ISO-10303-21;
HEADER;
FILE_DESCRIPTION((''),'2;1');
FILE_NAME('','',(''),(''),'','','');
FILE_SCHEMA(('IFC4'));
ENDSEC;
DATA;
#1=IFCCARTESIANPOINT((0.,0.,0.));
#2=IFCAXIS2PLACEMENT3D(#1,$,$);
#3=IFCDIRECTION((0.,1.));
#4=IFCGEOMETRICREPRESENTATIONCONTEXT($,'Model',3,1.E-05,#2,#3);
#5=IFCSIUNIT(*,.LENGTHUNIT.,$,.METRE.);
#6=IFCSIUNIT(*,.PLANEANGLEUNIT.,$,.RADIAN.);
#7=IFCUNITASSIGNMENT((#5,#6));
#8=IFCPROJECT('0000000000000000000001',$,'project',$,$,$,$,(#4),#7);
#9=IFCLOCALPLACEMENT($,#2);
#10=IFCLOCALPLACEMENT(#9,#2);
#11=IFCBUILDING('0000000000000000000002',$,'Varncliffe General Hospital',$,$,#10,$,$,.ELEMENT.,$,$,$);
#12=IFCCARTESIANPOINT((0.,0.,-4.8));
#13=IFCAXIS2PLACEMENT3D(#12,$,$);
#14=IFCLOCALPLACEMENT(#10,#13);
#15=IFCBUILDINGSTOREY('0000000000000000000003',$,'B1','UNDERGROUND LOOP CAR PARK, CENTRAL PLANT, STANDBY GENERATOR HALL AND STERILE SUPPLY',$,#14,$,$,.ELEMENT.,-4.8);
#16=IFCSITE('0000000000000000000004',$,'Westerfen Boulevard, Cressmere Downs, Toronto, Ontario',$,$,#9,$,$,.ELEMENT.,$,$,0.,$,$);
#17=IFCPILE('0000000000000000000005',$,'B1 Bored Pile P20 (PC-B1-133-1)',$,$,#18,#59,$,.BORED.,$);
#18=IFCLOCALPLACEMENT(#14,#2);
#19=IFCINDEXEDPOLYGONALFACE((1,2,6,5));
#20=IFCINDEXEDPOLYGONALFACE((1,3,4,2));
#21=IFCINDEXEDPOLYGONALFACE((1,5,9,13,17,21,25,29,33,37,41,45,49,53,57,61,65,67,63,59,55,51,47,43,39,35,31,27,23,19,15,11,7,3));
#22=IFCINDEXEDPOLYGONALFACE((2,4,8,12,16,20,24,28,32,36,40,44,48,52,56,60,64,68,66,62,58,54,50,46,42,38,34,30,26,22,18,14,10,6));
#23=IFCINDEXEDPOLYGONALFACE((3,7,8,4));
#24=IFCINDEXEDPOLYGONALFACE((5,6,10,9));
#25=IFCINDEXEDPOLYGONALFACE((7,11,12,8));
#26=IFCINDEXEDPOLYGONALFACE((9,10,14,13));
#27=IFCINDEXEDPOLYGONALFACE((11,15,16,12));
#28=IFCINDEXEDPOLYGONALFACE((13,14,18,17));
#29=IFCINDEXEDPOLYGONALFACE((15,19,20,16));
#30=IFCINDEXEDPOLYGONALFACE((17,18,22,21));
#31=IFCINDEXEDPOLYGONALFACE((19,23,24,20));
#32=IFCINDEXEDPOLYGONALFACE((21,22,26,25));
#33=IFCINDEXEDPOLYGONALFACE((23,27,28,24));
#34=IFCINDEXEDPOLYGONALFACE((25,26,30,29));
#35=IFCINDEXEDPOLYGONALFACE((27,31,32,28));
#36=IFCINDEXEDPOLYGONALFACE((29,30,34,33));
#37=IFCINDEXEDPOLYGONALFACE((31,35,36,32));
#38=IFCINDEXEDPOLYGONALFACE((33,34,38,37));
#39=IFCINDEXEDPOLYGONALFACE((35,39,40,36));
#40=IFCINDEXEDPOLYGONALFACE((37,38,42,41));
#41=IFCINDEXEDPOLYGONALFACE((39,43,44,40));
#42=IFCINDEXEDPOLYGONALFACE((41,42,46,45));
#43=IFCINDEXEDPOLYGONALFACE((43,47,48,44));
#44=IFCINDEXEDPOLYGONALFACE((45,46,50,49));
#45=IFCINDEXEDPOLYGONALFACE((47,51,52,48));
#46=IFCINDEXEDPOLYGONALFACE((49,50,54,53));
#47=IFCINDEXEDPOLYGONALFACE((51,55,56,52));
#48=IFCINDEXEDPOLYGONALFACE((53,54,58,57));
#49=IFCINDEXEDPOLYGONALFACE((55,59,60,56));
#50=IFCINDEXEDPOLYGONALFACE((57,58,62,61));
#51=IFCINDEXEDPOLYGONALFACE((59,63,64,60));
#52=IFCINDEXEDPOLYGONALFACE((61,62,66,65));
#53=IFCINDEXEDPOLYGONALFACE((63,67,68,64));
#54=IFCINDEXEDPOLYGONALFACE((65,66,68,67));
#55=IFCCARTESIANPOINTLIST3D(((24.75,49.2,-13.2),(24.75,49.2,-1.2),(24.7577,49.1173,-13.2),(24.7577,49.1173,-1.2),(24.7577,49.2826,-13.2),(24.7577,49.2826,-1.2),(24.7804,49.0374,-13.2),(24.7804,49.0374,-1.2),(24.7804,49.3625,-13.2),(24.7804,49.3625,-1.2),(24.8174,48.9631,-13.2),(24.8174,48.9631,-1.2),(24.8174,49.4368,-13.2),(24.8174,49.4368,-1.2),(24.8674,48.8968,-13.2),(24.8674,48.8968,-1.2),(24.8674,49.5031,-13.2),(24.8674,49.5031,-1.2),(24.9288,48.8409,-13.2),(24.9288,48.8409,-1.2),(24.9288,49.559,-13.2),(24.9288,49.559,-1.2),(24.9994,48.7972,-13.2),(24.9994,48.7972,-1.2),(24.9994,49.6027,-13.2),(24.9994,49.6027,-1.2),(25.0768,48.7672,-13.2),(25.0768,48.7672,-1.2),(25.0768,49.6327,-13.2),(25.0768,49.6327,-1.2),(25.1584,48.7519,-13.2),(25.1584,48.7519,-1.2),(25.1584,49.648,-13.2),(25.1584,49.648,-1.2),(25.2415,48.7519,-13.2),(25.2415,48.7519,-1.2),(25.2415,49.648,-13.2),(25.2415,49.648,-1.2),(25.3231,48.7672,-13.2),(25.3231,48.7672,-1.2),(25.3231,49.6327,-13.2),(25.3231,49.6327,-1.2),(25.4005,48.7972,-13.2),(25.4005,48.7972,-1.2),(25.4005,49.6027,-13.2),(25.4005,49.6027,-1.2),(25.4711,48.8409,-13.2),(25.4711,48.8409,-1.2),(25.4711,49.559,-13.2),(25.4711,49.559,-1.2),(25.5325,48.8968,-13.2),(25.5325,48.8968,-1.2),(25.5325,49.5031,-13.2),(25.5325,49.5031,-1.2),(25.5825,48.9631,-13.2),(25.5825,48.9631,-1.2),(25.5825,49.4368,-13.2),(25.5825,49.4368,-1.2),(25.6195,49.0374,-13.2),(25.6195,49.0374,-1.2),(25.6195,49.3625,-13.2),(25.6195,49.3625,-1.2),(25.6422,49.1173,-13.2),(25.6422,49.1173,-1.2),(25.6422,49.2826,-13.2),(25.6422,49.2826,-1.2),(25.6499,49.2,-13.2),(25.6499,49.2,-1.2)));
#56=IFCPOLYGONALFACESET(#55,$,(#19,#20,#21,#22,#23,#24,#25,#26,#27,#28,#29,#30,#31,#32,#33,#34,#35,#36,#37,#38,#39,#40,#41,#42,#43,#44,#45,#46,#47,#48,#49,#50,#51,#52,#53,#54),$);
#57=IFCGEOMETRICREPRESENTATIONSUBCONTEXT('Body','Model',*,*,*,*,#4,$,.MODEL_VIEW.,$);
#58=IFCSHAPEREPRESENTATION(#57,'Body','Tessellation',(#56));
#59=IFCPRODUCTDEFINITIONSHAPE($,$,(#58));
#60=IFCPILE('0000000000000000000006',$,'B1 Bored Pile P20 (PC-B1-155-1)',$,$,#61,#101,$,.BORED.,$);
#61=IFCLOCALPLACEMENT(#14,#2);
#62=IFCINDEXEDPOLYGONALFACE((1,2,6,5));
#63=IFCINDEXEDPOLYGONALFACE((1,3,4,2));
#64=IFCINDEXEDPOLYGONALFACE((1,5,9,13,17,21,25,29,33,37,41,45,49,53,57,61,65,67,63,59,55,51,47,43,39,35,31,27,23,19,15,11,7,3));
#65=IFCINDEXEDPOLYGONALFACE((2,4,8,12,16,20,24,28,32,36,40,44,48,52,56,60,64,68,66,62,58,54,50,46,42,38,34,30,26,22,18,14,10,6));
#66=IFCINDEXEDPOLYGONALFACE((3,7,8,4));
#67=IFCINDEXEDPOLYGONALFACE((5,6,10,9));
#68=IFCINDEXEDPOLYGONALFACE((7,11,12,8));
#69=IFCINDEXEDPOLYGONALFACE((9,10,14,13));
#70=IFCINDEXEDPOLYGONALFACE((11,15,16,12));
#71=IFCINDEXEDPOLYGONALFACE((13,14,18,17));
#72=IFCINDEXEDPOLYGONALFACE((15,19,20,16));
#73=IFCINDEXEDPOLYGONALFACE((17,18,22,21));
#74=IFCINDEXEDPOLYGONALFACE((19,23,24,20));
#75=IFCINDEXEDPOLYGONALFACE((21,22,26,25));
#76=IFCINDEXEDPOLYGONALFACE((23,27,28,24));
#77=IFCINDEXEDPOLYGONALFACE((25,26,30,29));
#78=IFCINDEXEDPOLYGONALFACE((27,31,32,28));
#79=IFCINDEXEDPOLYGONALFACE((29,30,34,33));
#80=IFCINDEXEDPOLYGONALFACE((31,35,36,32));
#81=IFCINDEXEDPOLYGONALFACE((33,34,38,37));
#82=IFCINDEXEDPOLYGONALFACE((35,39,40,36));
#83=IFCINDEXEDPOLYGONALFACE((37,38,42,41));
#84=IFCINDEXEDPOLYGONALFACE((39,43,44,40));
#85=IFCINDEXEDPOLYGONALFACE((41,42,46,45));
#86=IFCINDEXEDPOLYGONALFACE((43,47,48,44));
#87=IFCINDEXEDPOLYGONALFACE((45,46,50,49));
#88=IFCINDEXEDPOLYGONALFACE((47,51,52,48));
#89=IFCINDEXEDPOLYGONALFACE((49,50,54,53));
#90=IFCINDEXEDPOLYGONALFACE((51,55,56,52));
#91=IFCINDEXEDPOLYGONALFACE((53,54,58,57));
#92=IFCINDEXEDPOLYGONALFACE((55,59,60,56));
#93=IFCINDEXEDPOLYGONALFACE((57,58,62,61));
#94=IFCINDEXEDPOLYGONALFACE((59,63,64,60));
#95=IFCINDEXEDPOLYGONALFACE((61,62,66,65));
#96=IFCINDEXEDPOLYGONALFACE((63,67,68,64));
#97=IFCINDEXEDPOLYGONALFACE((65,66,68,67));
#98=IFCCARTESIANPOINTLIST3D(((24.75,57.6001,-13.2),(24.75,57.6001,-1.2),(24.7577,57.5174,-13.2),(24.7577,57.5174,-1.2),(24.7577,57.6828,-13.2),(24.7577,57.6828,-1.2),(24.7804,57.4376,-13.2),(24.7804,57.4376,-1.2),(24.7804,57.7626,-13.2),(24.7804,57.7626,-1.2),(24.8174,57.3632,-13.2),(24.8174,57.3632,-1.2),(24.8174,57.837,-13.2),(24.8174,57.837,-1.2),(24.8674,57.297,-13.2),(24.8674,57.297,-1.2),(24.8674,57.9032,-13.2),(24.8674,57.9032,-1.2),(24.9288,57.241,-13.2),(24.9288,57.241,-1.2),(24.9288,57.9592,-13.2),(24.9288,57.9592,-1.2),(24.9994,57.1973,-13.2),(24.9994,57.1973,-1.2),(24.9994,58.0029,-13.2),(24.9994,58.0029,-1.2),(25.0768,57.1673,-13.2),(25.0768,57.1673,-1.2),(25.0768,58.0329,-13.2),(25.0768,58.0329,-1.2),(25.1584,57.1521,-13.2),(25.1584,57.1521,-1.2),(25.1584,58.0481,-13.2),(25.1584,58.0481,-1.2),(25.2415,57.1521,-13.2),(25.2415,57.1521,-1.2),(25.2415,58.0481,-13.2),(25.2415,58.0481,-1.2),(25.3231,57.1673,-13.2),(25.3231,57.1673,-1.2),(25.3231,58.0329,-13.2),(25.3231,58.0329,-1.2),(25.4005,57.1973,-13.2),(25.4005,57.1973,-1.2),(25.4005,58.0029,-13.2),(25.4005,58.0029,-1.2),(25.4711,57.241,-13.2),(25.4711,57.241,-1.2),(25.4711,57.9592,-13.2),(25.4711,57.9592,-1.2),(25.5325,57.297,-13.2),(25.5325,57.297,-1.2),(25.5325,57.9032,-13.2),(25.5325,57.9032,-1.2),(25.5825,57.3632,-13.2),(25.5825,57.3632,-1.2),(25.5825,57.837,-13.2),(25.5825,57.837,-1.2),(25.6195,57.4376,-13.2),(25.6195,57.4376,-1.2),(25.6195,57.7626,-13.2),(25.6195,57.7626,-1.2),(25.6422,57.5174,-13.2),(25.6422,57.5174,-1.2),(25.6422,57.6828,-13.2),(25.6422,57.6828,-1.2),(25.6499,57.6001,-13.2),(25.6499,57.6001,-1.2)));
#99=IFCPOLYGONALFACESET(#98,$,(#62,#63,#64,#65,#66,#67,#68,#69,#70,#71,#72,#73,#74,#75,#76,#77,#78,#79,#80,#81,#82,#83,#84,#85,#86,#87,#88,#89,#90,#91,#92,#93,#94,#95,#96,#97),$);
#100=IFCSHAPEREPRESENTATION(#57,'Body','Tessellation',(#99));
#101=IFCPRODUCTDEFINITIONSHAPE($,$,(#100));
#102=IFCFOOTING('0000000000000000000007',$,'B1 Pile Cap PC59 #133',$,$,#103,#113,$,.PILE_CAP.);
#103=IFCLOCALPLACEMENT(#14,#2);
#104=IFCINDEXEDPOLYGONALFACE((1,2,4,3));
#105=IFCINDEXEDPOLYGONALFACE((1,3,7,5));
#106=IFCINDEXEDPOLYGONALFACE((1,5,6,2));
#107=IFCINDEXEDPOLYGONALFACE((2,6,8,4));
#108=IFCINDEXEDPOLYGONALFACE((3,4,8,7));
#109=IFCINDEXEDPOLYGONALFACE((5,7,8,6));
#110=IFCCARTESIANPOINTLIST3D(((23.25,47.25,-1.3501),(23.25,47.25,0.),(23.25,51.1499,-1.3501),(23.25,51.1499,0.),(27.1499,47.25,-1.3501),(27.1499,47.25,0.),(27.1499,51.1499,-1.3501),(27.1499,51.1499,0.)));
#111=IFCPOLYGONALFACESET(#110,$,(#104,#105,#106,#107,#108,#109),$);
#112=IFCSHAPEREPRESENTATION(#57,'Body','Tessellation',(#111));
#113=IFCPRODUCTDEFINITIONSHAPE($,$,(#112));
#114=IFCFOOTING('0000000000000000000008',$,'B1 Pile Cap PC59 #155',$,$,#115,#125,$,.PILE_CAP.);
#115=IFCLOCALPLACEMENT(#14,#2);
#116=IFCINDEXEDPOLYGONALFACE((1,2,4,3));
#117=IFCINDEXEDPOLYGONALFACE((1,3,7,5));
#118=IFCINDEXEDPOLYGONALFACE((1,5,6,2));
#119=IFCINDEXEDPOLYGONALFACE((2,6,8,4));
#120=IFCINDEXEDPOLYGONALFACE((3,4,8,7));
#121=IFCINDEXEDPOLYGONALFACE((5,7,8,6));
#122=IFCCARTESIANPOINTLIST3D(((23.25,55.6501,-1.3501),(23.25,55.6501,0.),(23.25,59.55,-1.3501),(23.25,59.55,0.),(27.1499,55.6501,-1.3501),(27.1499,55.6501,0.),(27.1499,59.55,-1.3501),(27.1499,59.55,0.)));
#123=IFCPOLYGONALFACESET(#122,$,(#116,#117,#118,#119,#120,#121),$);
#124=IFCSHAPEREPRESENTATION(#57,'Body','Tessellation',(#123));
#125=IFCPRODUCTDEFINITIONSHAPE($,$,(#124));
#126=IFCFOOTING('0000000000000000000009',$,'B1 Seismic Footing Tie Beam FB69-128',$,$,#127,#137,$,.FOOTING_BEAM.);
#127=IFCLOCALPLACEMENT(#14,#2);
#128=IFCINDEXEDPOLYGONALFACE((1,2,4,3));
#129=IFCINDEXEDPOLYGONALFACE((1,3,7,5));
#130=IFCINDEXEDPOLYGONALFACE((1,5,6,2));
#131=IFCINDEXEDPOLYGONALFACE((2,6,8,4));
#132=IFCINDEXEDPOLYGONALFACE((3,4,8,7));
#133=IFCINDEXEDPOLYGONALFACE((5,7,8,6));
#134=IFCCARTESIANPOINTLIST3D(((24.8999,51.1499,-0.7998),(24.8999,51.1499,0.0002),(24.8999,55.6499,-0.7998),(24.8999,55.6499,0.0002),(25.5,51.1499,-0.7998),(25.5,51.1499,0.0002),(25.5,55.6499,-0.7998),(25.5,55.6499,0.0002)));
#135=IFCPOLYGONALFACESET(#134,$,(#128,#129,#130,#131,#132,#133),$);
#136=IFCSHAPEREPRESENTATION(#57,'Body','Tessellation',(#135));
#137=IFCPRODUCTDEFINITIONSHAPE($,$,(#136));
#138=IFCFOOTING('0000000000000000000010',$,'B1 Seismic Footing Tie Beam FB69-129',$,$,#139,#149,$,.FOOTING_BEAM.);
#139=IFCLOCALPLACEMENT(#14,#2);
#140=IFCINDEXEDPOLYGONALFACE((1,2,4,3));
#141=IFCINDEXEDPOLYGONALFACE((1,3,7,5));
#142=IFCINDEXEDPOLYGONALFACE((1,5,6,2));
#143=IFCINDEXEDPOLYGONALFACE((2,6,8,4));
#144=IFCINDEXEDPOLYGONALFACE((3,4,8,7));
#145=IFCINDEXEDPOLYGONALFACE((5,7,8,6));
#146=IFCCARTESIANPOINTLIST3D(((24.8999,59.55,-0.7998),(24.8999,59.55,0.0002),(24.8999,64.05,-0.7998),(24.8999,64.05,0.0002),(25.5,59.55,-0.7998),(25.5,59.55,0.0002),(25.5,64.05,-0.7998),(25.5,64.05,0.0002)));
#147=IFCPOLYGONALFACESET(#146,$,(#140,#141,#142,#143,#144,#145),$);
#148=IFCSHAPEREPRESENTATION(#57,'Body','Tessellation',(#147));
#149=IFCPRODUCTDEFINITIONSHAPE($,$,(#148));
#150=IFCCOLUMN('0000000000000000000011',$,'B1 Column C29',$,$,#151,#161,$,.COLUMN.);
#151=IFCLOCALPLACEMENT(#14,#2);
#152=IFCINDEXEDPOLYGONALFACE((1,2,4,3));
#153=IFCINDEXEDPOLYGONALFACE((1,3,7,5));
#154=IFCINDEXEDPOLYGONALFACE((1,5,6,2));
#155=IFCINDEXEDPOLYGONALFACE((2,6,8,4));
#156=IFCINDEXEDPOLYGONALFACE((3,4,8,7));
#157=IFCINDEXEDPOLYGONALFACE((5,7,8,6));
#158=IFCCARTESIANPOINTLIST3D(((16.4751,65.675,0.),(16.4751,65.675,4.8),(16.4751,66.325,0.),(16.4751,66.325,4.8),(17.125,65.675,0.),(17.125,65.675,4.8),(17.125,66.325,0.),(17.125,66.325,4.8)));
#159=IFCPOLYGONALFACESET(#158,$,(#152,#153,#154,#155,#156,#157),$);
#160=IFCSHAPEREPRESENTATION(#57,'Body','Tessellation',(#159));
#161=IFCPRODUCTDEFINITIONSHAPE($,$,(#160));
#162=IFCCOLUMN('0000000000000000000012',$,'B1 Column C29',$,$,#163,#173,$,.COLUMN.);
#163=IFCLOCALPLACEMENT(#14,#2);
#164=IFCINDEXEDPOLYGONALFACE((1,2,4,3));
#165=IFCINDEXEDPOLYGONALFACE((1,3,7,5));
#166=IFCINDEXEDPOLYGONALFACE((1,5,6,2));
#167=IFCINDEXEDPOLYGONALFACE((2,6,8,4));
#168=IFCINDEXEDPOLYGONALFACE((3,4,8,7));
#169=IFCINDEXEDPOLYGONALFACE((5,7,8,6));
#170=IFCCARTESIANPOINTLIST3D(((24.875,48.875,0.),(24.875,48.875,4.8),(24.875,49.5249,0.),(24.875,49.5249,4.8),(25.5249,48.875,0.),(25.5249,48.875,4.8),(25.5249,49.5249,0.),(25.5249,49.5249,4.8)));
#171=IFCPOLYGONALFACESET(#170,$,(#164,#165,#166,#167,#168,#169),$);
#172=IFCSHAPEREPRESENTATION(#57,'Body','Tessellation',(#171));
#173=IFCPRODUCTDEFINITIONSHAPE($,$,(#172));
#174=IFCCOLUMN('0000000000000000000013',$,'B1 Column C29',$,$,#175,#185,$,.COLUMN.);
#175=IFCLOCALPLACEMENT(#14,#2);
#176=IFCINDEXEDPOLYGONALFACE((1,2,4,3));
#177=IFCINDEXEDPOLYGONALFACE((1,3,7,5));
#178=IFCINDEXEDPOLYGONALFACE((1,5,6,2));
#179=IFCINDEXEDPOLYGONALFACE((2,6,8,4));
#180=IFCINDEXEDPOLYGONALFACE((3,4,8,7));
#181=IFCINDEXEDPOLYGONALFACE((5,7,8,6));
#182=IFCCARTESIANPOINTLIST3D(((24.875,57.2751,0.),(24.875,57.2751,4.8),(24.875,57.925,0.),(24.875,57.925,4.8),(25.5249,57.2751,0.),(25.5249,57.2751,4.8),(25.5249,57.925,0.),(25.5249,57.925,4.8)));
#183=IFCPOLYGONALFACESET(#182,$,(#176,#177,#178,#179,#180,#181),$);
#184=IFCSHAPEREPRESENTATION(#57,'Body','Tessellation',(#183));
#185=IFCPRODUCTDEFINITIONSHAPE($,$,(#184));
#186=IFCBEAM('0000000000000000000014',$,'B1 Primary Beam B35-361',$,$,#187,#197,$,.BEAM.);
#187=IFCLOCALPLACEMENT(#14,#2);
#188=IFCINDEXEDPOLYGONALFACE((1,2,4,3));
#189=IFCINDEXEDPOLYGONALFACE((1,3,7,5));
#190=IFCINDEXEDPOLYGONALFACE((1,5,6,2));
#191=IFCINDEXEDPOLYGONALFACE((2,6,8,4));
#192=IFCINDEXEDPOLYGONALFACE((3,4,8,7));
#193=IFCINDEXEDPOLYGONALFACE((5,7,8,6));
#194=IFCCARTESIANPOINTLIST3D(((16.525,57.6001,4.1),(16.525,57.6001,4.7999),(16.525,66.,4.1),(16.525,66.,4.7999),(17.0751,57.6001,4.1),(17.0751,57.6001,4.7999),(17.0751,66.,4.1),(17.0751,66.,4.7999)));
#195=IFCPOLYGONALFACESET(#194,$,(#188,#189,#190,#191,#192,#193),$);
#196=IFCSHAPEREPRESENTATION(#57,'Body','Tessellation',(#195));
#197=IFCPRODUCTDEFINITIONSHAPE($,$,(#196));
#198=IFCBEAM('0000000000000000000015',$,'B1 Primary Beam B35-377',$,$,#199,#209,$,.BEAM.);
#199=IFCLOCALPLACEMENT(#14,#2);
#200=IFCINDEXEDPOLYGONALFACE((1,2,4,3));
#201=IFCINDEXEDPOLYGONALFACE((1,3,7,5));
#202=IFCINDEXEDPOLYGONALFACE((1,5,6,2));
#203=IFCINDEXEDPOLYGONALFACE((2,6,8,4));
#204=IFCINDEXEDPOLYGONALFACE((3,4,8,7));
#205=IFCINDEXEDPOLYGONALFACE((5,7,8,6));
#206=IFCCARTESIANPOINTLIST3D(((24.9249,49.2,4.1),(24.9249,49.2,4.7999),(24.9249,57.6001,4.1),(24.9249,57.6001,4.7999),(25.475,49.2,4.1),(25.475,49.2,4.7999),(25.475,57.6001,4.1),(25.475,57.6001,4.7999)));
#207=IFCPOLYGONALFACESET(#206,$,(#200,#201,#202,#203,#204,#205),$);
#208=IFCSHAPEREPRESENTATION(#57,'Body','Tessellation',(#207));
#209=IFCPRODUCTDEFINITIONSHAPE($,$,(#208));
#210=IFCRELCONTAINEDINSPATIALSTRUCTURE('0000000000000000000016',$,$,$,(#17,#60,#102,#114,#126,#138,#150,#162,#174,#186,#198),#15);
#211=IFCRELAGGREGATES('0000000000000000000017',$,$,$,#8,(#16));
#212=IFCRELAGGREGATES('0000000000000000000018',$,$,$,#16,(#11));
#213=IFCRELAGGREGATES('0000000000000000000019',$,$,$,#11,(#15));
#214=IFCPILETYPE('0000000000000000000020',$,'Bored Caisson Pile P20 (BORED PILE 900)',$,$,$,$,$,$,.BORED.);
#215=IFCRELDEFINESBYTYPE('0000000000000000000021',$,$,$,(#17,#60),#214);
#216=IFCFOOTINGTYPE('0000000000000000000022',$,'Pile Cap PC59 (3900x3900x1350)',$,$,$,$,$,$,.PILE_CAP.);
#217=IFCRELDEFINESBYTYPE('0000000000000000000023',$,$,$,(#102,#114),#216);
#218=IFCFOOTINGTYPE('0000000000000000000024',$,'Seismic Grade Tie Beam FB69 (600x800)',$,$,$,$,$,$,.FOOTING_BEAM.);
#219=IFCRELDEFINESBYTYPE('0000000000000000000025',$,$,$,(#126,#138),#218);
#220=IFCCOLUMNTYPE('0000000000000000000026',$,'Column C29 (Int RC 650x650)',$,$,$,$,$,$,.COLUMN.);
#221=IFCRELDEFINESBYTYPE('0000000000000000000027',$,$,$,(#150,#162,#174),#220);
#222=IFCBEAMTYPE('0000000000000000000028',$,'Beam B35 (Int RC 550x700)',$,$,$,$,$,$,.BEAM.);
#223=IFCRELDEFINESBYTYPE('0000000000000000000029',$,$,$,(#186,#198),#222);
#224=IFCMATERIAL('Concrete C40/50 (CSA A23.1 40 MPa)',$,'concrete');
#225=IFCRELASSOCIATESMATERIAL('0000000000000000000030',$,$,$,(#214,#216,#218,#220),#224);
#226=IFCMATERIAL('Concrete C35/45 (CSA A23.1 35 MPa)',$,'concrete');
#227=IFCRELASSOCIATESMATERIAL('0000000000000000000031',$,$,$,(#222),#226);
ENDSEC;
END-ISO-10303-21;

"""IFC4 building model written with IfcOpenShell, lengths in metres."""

from ifc_helpers import new_model, si_unit, direction, frame, origin, origin_2d, place, context, subcontext, project, spatial, rectangle, circle, extrude, material, material_profile, profile_set, type_object, element, save


model = new_model("IFC4")

# Units and contexts
model_context = context("Model", 3, precision=1e-05, world=origin(), true_north=direction((0.0, 1.0)))
body_context = subcontext(model_context, "Body", "Model", "MODEL_VIEW")
ifc_project = project(units=[si_unit("LENGTHUNIT", "METRE"), si_unit("PLANEANGLEUNIT", "RADIAN")], contexts=[model_context])

# Site, building, storey
site_placement = place(None, origin())
site = spatial("IfcSite", under=ifc_project, at=site_placement, Name="Westerfen Boulevard, Cressmere Downs, Toronto, Ontario", CompositionType="ELEMENT", RefElevation=0.0)
building_placement = place(site_placement, origin())
building = spatial("IfcBuilding", under=site, at=building_placement, Name="Varncliffe General Hospital", CompositionType="ELEMENT")
storey_placement = place(building_placement, frame((0.0, 0.0, -4.8)))
storey = spatial("IfcBuildingStorey", under=building, at=storey_placement, Name="B1", Description="UNDERGROUND LOOP CAR PARK, CENTRAL PLANT, STANDBY GENERATOR HALL AND STERILE SUPPLY", CompositionType="ELEMENT", Elevation=-4.8)

# Piles
ifc_material_1 = material(Name="Concrete C40/50 (CSA A23.1 40 MPa)", Category="concrete")
ifc_material_profile_1 = material_profile(ifc_material_1, circle(Radius=0.45, at=origin_2d()), Name="BORED PILE 900")
ifc_profile_set_1 = profile_set([ifc_material_profile_1], Name="Concrete C40/50 (CSA A23.1 40 MPa)")
pile_type_1 = type_object("IfcPileType", Name="Bored Caisson Pile P20 (BORED PILE 900)", PredefinedType="BORED", material=ifc_profile_set_1)
for number, where, z_axis, x_axis, name in (
    (1, (25.2, 49.2, -1.2), (0.0, 0.0, -1.0), (1.0, 0.0, 0.0), "B1 Bored Pile P20 (PC-B1-133-1)"),
    (2, (25.2, 57.6001, -1.2), (0.0, 0.0, -1.0), (1.0, 0.0, 0.0), "B1 Bored Pile P20 (PC-B1-155-1)"),
):
    element("IfcPile", number, at=place(storey_placement, frame(where, z_axis=z_axis, x_axis=x_axis)), inside=storey, type_object=pile_type_1, Name=name, PredefinedType="BORED", context=body_context, shape_type="SweptSolid", body=[
        extrude(circle(Radius=0.45, at=origin_2d()), origin(), (0.0, 0.0, 1.0), 12.0),
    ])

# Footings
footing_type_1 = type_object("IfcFootingType", Name="Pile Cap PC59 (3900x3900x1350)", PredefinedType="PILE_CAP", material=ifc_material_1)
for number, where, z_axis, x_axis, name in (
    (3, (25.2, 49.2, -1.3501), (0.0, 0.0, 1.0), (1.0, 0.0, 0.0), "B1 Pile Cap PC59 #133"),
    (4, (25.2, 57.6001, -1.3501), (0.0, 0.0, 1.0), (1.0, 0.0, 0.0), "B1 Pile Cap PC59 #155"),
):
    element("IfcFooting", number, at=place(storey_placement, frame(where, z_axis=z_axis, x_axis=x_axis)), inside=storey, type_object=footing_type_1, Name=name, PredefinedType="PILE_CAP", context=body_context, shape_type="SweptSolid", body=[
        extrude(rectangle(XDim=3.8999, YDim=3.8999, at=origin_2d()), origin(), (0.0, 0.0, 1.0), 1.3501),
    ])
footing_type_2 = type_object("IfcFootingType", Name="Seismic Grade Tie Beam FB69 (600x800)", PredefinedType="FOOTING_BEAM", material=ifc_material_1)
for number, where, z_axis, x_axis, name in (
    (5, (25.2, 53.3999, -0.7998), (0.0, 0.0, 1.0), (1.0, 0.0, 0.0), "B1 Seismic Footing Tie Beam FB69-128"),
    (6, (25.2, 61.8, -0.7998), (0.0, 0.0, 1.0), (1.0, 0.0, 0.0), "B1 Seismic Footing Tie Beam FB69-129"),
):
    element("IfcFooting", number, at=place(storey_placement, frame(where, z_axis=z_axis, x_axis=x_axis)), inside=storey, type_object=footing_type_2, Name=name, PredefinedType="FOOTING_BEAM", context=body_context, shape_type="SweptSolid", body=[
        extrude(rectangle(XDim=0.6001, YDim=4.5, at=origin_2d()), origin(), (0.0, 0.0, 1.0), 0.8),
    ])

# Columns
ifc_material_profile_2 = material_profile(ifc_material_1, rectangle(XDim=0.6499, YDim=0.6499, at=origin_2d()), Name="RC 650x650")
ifc_profile_set_2 = profile_set([ifc_material_profile_2], Name="Concrete C40/50 (CSA A23.1 40 MPa)")
column_type = type_object("IfcColumnType", Name="Column C29 (Int RC 650x650)", PredefinedType="COLUMN", material=ifc_profile_set_2)
for number, where, z_axis, x_axis, name in (
    (7, (16.8, 66.0, 0.0), (0.0, 0.0, 1.0), (1.0, 0.0, 0.0), "B1 Column C29"),
    (8, (25.2, 49.2, 0.0), (0.0, 0.0, 1.0), (1.0, 0.0, 0.0), "B1 Column C29"),
    (9, (25.2, 57.6001, 0.0), (0.0, 0.0, 1.0), (1.0, 0.0, 0.0), "B1 Column C29"),
):
    element("IfcColumn", number, at=place(storey_placement, frame(where, z_axis=z_axis, x_axis=x_axis)), inside=storey, type_object=column_type, Name=name, PredefinedType="COLUMN", context=body_context, shape_type="SweptSolid", body=[
        extrude(rectangle(XDim=0.6499, YDim=0.6499, at=origin_2d()), origin(), (0.0, 0.0, 1.0), 4.8),
    ])

# Beams
ifc_material_2 = material(Name="Concrete C35/45 (CSA A23.1 35 MPa)", Category="concrete")
ifc_material_profile_3 = material_profile(ifc_material_2, rectangle(XDim=0.55, YDim=0.7, at=origin_2d()), Name="RC 550x700")
ifc_profile_set_3 = profile_set([ifc_material_profile_3], Name="Concrete C35/45 (CSA A23.1 35 MPa)")
beam_type_1 = type_object("IfcBeamType", Name="Beam B35 (Int RC 550x700)", PredefinedType="BEAM", material=ifc_profile_set_3)
beam_1_placement = place(storey_placement, frame((16.8, 57.6001, 4.45), z_axis=(0.0, 1.0, 0.0), x_axis=(-1.0, 0.0, 0.0)))
element("IfcBeam", 10, at=beam_1_placement, inside=storey, type_object=beam_type_1, Name="B1 Primary Beam B35-361", PredefinedType="BEAM", context=body_context, shape_type="SweptSolid", body=[
    extrude(rectangle(XDim=0.55, YDim=0.7, at=origin_2d()), origin(), (0.0, 0.0, 1.0), 8.3999),
])
beam_2_placement = place(storey_placement, frame((25.2, 49.2, 4.45), z_axis=(0.0, 1.0, 0.0), x_axis=(-1.0, 0.0, 0.0)))
element("IfcBeam", 11, at=beam_2_placement, inside=storey, type_object=beam_type_1, Name="B1 Primary Beam B35-377", PredefinedType="BEAM", context=body_context, shape_type="SweptSolid", body=[
    extrude(rectangle(XDim=0.55, YDim=0.7, at=origin_2d()), origin(), (0.0, 0.0, 1.0), 8.4001),
])

save(model, "model.ifc")
